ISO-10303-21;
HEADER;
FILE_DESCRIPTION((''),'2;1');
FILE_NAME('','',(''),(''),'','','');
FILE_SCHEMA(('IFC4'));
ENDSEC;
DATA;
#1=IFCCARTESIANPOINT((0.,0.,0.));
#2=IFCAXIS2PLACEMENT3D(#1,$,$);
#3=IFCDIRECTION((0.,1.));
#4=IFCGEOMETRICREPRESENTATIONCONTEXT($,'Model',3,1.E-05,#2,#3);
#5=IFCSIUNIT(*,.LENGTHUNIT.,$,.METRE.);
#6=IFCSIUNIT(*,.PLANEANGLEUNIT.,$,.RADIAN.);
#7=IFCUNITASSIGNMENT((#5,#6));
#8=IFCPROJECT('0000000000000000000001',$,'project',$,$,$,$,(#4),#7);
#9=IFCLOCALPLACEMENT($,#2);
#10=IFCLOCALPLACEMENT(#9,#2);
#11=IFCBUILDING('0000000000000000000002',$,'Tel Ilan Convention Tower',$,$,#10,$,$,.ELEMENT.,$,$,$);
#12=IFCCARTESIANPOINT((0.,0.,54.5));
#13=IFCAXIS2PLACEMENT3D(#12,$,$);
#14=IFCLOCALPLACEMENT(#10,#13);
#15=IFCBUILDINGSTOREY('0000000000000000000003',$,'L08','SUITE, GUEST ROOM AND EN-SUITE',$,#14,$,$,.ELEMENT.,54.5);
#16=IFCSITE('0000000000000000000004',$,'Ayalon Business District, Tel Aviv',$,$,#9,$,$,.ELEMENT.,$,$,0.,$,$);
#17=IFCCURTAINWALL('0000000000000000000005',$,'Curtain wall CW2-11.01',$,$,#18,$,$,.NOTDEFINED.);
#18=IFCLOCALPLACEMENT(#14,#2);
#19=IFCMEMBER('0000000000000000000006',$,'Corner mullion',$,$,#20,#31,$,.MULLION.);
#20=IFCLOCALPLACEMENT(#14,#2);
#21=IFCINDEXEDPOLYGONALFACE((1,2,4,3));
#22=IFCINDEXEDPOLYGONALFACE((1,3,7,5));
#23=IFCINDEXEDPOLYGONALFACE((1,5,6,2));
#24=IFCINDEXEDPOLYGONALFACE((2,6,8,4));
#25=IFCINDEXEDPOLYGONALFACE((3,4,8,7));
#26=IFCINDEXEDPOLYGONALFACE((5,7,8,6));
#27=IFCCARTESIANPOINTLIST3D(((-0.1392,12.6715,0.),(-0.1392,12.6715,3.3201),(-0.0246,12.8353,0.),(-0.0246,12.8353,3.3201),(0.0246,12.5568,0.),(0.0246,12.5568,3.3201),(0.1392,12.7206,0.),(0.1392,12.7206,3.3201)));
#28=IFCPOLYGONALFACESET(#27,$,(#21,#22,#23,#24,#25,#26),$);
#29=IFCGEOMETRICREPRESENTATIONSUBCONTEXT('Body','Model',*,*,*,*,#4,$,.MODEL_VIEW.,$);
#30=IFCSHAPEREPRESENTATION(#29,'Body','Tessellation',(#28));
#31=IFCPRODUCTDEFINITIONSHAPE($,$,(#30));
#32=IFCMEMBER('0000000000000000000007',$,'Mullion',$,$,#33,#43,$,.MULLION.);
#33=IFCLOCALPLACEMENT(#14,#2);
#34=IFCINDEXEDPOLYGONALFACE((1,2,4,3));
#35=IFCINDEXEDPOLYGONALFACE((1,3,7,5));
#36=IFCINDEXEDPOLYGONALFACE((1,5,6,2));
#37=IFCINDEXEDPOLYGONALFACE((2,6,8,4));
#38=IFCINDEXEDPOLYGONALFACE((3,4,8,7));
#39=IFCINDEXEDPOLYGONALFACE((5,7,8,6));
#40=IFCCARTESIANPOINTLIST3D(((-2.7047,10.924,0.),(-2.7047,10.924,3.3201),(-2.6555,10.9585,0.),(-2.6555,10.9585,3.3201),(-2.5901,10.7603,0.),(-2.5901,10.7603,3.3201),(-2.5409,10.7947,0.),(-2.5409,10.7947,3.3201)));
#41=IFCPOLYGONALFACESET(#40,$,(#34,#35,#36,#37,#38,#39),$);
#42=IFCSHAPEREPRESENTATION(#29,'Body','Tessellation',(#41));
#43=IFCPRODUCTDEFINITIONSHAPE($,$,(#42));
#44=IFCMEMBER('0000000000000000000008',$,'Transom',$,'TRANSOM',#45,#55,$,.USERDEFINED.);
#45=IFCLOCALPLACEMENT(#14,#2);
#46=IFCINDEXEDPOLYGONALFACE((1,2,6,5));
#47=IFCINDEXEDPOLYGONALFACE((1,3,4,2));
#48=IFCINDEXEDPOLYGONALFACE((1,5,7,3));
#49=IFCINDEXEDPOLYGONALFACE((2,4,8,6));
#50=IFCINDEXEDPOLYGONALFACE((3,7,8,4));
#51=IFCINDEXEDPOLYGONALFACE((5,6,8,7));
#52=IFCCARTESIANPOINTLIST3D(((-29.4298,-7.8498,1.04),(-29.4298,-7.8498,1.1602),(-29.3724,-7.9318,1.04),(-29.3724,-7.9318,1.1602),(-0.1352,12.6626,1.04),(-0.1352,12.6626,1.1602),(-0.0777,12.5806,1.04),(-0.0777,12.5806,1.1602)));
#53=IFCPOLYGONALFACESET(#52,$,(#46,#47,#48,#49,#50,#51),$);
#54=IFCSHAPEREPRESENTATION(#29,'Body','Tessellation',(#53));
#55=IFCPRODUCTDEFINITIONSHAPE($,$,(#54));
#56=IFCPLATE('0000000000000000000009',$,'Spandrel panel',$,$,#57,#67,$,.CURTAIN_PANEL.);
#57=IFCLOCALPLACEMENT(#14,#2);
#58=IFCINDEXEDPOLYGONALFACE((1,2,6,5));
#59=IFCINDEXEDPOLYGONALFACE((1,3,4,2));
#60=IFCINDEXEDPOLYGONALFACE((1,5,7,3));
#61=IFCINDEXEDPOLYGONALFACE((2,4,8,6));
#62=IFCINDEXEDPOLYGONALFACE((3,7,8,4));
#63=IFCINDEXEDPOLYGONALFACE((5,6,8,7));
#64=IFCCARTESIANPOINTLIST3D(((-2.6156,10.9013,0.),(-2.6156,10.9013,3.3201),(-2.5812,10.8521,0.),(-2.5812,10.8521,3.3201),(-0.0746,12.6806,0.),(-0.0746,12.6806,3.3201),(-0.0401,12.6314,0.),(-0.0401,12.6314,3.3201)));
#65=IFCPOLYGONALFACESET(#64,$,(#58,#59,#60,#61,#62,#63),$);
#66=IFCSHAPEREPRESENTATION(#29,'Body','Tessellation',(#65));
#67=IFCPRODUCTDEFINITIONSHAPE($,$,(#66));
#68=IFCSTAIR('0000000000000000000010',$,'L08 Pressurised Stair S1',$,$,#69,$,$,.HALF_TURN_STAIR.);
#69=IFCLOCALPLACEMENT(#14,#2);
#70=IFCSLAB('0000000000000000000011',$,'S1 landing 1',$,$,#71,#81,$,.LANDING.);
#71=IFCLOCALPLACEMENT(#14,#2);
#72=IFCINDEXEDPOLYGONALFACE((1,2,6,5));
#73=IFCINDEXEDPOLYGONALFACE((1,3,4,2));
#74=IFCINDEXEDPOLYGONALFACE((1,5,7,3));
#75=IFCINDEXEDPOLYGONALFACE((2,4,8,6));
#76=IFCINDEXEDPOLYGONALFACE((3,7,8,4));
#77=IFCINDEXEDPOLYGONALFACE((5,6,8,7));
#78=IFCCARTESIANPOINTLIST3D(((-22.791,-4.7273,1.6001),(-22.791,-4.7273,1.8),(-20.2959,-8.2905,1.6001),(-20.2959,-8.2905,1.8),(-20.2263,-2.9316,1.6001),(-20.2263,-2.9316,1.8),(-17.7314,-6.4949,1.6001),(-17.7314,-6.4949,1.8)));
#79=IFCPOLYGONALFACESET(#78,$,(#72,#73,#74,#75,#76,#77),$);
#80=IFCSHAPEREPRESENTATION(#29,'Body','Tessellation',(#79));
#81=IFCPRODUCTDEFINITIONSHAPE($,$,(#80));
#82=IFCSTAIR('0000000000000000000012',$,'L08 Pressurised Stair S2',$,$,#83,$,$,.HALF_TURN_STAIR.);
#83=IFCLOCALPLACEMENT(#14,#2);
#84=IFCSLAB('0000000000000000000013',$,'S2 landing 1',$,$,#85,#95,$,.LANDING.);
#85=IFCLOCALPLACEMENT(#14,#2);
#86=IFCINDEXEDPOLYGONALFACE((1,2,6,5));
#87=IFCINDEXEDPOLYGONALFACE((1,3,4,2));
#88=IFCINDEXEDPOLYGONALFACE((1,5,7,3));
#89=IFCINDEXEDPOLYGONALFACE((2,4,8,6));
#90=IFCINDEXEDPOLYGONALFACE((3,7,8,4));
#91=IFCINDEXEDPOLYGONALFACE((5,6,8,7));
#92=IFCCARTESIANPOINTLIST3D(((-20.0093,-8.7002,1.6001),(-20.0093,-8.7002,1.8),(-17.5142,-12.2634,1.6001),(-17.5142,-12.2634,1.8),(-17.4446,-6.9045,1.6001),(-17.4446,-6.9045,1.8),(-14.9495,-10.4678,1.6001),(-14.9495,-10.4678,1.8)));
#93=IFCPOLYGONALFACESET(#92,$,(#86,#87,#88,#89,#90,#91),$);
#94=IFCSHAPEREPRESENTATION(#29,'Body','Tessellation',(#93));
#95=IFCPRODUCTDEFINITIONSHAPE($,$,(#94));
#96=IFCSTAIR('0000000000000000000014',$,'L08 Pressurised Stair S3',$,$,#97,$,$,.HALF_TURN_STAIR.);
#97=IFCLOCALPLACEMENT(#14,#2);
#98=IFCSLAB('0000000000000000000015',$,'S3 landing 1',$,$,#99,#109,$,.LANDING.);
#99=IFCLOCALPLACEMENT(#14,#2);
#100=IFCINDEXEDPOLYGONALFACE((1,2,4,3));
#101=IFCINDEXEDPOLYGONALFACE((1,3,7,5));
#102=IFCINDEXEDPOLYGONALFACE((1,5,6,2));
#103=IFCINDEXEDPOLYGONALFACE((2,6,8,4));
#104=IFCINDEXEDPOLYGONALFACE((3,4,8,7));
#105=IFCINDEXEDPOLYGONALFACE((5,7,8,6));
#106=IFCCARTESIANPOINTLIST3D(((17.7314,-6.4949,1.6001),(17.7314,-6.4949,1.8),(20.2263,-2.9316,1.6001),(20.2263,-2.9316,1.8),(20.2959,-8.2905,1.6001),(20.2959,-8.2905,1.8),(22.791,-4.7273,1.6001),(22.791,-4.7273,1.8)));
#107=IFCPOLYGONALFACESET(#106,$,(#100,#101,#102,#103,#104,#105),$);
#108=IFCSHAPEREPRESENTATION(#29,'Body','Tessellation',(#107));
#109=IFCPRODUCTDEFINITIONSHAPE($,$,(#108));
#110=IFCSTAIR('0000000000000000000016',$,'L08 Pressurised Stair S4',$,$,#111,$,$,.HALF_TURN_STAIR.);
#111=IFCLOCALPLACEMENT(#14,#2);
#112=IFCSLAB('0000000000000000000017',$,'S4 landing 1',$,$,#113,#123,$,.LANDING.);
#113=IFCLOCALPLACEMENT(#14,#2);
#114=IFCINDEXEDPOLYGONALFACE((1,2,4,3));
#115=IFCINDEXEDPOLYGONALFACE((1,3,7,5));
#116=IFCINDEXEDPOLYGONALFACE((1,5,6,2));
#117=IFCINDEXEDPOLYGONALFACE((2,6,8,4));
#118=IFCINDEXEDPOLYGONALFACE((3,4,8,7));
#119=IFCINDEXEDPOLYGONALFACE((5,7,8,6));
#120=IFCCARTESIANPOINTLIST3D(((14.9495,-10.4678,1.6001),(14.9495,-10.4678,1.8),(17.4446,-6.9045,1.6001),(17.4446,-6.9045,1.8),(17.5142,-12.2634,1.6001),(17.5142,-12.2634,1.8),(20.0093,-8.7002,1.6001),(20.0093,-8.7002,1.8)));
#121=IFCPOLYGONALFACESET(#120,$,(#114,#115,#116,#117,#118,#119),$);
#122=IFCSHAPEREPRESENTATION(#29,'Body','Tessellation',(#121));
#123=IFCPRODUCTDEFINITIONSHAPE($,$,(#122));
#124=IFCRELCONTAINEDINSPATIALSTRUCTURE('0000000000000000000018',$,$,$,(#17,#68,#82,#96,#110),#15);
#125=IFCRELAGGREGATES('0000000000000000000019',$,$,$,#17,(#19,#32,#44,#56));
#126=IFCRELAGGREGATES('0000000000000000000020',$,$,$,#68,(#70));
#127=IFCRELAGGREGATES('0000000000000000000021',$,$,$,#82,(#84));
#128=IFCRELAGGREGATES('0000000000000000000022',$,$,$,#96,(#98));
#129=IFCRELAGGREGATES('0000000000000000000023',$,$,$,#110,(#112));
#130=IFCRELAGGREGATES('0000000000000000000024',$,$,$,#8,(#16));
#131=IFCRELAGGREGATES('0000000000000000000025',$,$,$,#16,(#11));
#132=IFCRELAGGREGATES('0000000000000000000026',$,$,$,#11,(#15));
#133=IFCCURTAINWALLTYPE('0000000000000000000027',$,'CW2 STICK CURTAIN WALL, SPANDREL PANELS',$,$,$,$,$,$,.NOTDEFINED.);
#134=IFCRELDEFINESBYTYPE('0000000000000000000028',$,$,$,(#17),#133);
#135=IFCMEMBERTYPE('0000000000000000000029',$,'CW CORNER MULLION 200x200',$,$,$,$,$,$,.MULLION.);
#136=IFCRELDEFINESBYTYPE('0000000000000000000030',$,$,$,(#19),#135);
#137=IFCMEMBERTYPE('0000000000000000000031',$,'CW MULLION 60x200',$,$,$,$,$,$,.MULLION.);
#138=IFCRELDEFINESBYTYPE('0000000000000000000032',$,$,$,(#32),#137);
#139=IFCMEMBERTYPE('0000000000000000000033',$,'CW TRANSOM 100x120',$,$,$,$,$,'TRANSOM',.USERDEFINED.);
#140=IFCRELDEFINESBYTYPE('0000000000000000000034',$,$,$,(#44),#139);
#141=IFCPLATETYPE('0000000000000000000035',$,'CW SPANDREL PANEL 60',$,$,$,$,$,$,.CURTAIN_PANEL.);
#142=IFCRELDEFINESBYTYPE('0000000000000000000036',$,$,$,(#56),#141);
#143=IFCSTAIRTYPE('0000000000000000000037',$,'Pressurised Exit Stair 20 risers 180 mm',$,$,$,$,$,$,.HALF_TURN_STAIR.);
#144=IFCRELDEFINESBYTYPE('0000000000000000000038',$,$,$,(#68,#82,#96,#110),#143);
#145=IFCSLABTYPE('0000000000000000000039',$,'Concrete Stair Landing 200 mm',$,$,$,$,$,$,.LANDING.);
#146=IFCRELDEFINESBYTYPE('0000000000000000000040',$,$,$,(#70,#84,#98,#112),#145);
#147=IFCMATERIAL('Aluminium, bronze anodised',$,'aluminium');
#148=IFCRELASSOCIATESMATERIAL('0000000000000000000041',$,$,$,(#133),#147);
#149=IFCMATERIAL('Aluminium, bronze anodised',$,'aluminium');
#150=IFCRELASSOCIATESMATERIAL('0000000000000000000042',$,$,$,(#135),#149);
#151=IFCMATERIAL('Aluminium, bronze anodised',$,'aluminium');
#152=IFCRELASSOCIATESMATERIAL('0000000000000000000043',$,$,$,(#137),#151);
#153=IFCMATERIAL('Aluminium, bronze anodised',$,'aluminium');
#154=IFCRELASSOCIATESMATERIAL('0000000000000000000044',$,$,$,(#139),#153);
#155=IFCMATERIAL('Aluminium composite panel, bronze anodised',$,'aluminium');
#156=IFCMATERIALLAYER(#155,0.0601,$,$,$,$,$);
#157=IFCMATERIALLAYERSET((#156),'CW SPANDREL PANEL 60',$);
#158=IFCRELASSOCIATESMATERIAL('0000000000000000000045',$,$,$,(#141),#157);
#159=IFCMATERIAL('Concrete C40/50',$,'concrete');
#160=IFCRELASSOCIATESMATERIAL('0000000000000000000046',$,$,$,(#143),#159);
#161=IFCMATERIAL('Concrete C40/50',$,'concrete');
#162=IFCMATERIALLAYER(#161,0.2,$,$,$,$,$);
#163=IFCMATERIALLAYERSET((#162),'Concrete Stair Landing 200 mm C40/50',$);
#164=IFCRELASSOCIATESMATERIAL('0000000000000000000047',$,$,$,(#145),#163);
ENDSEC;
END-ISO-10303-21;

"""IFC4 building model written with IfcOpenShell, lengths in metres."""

from ifc_helpers import new_model, si_unit, direction, frame, origin, origin_2d, place, context, subcontext, project, spatial, polyline, rectangle, outline, extrude, material, layer, layer_set, material_profile, profile_set, type_object, element, aggregate, save


model = new_model("IFC4")

# Units and contexts
model_context = context("Model", 3, precision=1e-05, world=origin(), true_north=direction((0.0, 1.0)))
body_context = subcontext(model_context, "Body", "Model", "MODEL_VIEW")
ifc_project = project(units=[si_unit("LENGTHUNIT", "METRE"), si_unit("PLANEANGLEUNIT", "RADIAN")], contexts=[model_context])

# Site, building, storey
site_placement = place(None, origin())
site = spatial("IfcSite", under=ifc_project, at=site_placement, Name="Ayalon Business District, Tel Aviv", CompositionType="ELEMENT", RefElevation=0.0)
building_placement = place(site_placement, origin())
building = spatial("IfcBuilding", under=site, at=building_placement, Name="Tel Ilan Convention Tower", CompositionType="ELEMENT")
storey_placement = place(building_placement, frame((0.0, 0.0, 54.5)))
storey = spatial("IfcBuildingStorey", under=building, at=storey_placement, Name="L08", Description="SUITE, GUEST ROOM AND EN-SUITE", CompositionType="ELEMENT", Elevation=54.5)

# Curtain wall, members, plate
ifc_material_1 = material(Name="Aluminium, bronze anodised", Category="aluminium")
curtain_wall_type = type_object("IfcCurtainWallType", Name="CW2 STICK CURTAIN WALL, SPANDREL PANELS", PredefinedType="NOTDEFINED", material=ifc_material_1)
curtain_wall_placement = place(storey_placement, origin())
curtain_wall = element("IfcCurtainWall", 1, at=curtain_wall_placement, inside=storey, type_object=curtain_wall_type, Name="Curtain wall CW2-11.01", PredefinedType="NOTDEFINED")
ifc_material_2 = material(Name="Aluminium, bronze anodised", Category="aluminium")
ifc_material_profile_1 = material_profile(ifc_material_2, rectangle(XDim=0.2, YDim=0.2, at=origin_2d()), Name="CW CORNER MULLION 200x200")
ifc_profile_set_1 = profile_set([ifc_material_profile_1], Name="Aluminium, bronze anodised")
member_type_1 = type_object("IfcMemberType", Name="CW CORNER MULLION 200x200", PredefinedType="MULLION", material=ifc_profile_set_1)
member_1_placement = place(storey_placement, frame((0.0, 12.696, 0.0), z_axis=(0.0, 0.0, 1.0), x_axis=(-0.819152, 0.573576, 0.0)))
member_1 = element("IfcMember", 2, at=member_1_placement, type_object=member_type_1, Name="Corner mullion", PredefinedType="MULLION", context=body_context, shape_type="SweptSolid", body=[
    extrude(rectangle(XDim=0.2, YDim=0.2, at=origin_2d()), origin(), (0.0, 0.0, 1.0), 3.3201),
])
ifc_material_3 = material(Name="Aluminium, bronze anodised", Category="aluminium")
ifc_material_profile_2 = material_profile(ifc_material_3, rectangle(XDim=0.0601, YDim=0.2, at=origin_2d()), Name="CW MULLION 60x200")
ifc_profile_set_2 = profile_set([ifc_material_profile_2], Name="Aluminium, bronze anodised")
member_type_2 = type_object("IfcMemberType", Name="CW MULLION 60x200", PredefinedType="MULLION", material=ifc_profile_set_2)
member_2_placement = place(storey_placement, frame((-2.6228, 10.8594, 0.0), z_axis=(0.0, 0.0, 1.0), x_axis=(-0.819152, -0.573576, 0.0)))
member_2 = element("IfcMember", 3, at=member_2_placement, type_object=member_type_2, Name="Mullion", PredefinedType="MULLION", context=body_context, shape_type="SweptSolid", body=[
    extrude(rectangle(XDim=0.0601, YDim=0.2, at=origin_2d()), origin(), (0.0, 0.0, 1.0), 3.3201),
])
ifc_material_4 = material(Name="Aluminium, bronze anodised", Category="aluminium")
ifc_material_profile_3 = material_profile(ifc_material_4, rectangle(XDim=0.1001, YDim=0.1201, at=origin_2d()), Name="CW TRANSOM 100x120")
ifc_profile_set_3 = profile_set([ifc_material_profile_3], Name="Aluminium, bronze anodised")
member_type_3 = type_object("IfcMemberType", Name="CW TRANSOM 100x120", ElementType="TRANSOM", PredefinedType="USERDEFINED", material=ifc_profile_set_3)
member_3_placement = place(storey_placement, frame((-0.1064, 12.6216, 1.1001), z_axis=(-0.819151, -0.573578, 0.0), x_axis=(0.573578, -0.819151, 0.0)))
member_3 = element("IfcMember", 4, at=member_3_placement, type_object=member_type_3, Name="Transom", ObjectType="TRANSOM", PredefinedType="USERDEFINED", context=body_context, shape_type="SweptSolid", body=[
    extrude(rectangle(XDim=0.1001, YDim=0.1201, at=origin_2d()), origin(), (0.0, 0.0, 1.0), 35.7622),
])
ifc_material_5 = material(Name="Aluminium composite panel, bronze anodised", Category="aluminium")
ifc_layer_1 = layer(ifc_material_5, 0.0601)
ifc_layer_set_1 = layer_set([ifc_layer_1], Name="CW SPANDREL PANEL 60")
plate_type = type_object("IfcPlateType", Name="CW SPANDREL PANEL 60", PredefinedType="CURTAIN_PANEL", material=ifc_layer_set_1)
plate_placement = place(storey_placement, frame((-1.3279, 11.7664, 0.0), z_axis=(0.0, 0.0, 1.0), x_axis=(-0.819152, -0.573576, 0.0)))
plate = element("IfcPlate", 5, at=plate_placement, type_object=plate_type, Name="Spandrel panel", PredefinedType="CURTAIN_PANEL", context=body_context, shape_type="SweptSolid", body=[
    extrude(rectangle(XDim=3.1021, YDim=0.0601, at=origin_2d()), origin(), (0.0, 0.0, 1.0), 3.3201),
])
aggregate(curtain_wall, [member_1, member_2, member_3, plate])

# Stairs, slabs
ifc_material_6 = material(Name="Concrete C40/50", Category="concrete")
stair_type = type_object("IfcStairType", Name="Pressurised Exit Stair 20 risers 180 mm", PredefinedType="HALF_TURN_STAIR", material=ifc_material_6)
stair_1_placement = place(storey_placement, origin())
stair_1 = element("IfcStair", 6, at=stair_1_placement, inside=storey, type_object=stair_type, Name="L08 Pressurised Stair S1", PredefinedType="HALF_TURN_STAIR")
ifc_material_7 = material(Name="Concrete C40/50", Category="concrete")
ifc_layer_2 = layer(ifc_material_7, 0.2)
ifc_layer_set_2 = layer_set([ifc_layer_2], Name="Concrete Stair Landing 200 mm C40/50")
slab_type_1 = type_object("IfcSlabType", Name="Concrete Stair Landing 200 mm", PredefinedType="LANDING", material=ifc_layer_set_2)
slab_1_placement = place(storey_placement, frame((0.0, 0.0, 1.6001)))
slab_1 = element("IfcSlab", 7, at=slab_1_placement, type_object=slab_type_1, Name="S1 landing 1", PredefinedType="LANDING", context=body_context, shape_type="SweptSolid", body=[
    extrude(outline(polyline([(-20.2959, -8.2905), (-17.7314, -6.4949), (-20.2263, -2.9316), (-22.791, -4.7273), (-20.2959, -8.2905)])), origin(), (0.0, 0.0, 1.0), 0.2),
])
aggregate(stair_1, [slab_1])
stair_2_placement = place(storey_placement, origin())
stair_2 = element("IfcStair", 8, at=stair_2_placement, inside=storey, type_object=stair_type, Name="L08 Pressurised Stair S2", PredefinedType="HALF_TURN_STAIR")
slab_2_placement = place(storey_placement, frame((0.0, 0.0, 1.6001)))
slab_2 = element("IfcSlab", 9, at=slab_2_placement, type_object=slab_type_1, Name="S2 landing 1", PredefinedType="LANDING", context=body_context, shape_type="SweptSolid", body=[
    extrude(outline(polyline([(-17.5142, -12.2634), (-14.9495, -10.4678), (-17.4446, -6.9045), (-20.0093, -8.7002), (-17.5142, -12.2634)])), origin(), (0.0, 0.0, 1.0), 0.2),
])
aggregate(stair_2, [slab_2])
stair_3_placement = place(storey_placement, origin())
stair_3 = element("IfcStair", 10, at=stair_3_placement, inside=storey, type_object=stair_type, Name="L08 Pressurised Stair S3", PredefinedType="HALF_TURN_STAIR")
slab_3_placement = place(storey_placement, frame((0.0, 0.0, 1.6001)))
slab_3 = element("IfcSlab", 11, at=slab_3_placement, type_object=slab_type_1, Name="S3 landing 1", PredefinedType="LANDING", context=body_context, shape_type="SweptSolid", body=[
    extrude(outline(polyline([(22.791, -4.7273), (20.2263, -2.9316), (17.7314, -6.4949), (20.2959, -8.2905), (22.791, -4.7273)])), origin(), (0.0, 0.0, 1.0), 0.2),
])
aggregate(stair_3, [slab_3])
stair_4_placement = place(storey_placement, origin())
stair_4 = element("IfcStair", 12, at=stair_4_placement, inside=storey, type_object=stair_type, Name="L08 Pressurised Stair S4", PredefinedType="HALF_TURN_STAIR")
slab_4_placement = place(storey_placement, frame((0.0, 0.0, 1.6001)))
slab_4 = element("IfcSlab", 13, at=slab_4_placement, type_object=slab_type_1, Name="S4 landing 1", PredefinedType="LANDING", context=body_context, shape_type="SweptSolid", body=[
    extrude(outline(polyline([(20.0093, -8.7002), (17.4446, -6.9045), (14.9495, -10.4678), (17.5142, -12.2634), (20.0093, -8.7002)])), origin(), (0.0, 0.0, 1.0), 0.2),
])
aggregate(stair_4, [slab_4])

save(model, "model.ifc")
